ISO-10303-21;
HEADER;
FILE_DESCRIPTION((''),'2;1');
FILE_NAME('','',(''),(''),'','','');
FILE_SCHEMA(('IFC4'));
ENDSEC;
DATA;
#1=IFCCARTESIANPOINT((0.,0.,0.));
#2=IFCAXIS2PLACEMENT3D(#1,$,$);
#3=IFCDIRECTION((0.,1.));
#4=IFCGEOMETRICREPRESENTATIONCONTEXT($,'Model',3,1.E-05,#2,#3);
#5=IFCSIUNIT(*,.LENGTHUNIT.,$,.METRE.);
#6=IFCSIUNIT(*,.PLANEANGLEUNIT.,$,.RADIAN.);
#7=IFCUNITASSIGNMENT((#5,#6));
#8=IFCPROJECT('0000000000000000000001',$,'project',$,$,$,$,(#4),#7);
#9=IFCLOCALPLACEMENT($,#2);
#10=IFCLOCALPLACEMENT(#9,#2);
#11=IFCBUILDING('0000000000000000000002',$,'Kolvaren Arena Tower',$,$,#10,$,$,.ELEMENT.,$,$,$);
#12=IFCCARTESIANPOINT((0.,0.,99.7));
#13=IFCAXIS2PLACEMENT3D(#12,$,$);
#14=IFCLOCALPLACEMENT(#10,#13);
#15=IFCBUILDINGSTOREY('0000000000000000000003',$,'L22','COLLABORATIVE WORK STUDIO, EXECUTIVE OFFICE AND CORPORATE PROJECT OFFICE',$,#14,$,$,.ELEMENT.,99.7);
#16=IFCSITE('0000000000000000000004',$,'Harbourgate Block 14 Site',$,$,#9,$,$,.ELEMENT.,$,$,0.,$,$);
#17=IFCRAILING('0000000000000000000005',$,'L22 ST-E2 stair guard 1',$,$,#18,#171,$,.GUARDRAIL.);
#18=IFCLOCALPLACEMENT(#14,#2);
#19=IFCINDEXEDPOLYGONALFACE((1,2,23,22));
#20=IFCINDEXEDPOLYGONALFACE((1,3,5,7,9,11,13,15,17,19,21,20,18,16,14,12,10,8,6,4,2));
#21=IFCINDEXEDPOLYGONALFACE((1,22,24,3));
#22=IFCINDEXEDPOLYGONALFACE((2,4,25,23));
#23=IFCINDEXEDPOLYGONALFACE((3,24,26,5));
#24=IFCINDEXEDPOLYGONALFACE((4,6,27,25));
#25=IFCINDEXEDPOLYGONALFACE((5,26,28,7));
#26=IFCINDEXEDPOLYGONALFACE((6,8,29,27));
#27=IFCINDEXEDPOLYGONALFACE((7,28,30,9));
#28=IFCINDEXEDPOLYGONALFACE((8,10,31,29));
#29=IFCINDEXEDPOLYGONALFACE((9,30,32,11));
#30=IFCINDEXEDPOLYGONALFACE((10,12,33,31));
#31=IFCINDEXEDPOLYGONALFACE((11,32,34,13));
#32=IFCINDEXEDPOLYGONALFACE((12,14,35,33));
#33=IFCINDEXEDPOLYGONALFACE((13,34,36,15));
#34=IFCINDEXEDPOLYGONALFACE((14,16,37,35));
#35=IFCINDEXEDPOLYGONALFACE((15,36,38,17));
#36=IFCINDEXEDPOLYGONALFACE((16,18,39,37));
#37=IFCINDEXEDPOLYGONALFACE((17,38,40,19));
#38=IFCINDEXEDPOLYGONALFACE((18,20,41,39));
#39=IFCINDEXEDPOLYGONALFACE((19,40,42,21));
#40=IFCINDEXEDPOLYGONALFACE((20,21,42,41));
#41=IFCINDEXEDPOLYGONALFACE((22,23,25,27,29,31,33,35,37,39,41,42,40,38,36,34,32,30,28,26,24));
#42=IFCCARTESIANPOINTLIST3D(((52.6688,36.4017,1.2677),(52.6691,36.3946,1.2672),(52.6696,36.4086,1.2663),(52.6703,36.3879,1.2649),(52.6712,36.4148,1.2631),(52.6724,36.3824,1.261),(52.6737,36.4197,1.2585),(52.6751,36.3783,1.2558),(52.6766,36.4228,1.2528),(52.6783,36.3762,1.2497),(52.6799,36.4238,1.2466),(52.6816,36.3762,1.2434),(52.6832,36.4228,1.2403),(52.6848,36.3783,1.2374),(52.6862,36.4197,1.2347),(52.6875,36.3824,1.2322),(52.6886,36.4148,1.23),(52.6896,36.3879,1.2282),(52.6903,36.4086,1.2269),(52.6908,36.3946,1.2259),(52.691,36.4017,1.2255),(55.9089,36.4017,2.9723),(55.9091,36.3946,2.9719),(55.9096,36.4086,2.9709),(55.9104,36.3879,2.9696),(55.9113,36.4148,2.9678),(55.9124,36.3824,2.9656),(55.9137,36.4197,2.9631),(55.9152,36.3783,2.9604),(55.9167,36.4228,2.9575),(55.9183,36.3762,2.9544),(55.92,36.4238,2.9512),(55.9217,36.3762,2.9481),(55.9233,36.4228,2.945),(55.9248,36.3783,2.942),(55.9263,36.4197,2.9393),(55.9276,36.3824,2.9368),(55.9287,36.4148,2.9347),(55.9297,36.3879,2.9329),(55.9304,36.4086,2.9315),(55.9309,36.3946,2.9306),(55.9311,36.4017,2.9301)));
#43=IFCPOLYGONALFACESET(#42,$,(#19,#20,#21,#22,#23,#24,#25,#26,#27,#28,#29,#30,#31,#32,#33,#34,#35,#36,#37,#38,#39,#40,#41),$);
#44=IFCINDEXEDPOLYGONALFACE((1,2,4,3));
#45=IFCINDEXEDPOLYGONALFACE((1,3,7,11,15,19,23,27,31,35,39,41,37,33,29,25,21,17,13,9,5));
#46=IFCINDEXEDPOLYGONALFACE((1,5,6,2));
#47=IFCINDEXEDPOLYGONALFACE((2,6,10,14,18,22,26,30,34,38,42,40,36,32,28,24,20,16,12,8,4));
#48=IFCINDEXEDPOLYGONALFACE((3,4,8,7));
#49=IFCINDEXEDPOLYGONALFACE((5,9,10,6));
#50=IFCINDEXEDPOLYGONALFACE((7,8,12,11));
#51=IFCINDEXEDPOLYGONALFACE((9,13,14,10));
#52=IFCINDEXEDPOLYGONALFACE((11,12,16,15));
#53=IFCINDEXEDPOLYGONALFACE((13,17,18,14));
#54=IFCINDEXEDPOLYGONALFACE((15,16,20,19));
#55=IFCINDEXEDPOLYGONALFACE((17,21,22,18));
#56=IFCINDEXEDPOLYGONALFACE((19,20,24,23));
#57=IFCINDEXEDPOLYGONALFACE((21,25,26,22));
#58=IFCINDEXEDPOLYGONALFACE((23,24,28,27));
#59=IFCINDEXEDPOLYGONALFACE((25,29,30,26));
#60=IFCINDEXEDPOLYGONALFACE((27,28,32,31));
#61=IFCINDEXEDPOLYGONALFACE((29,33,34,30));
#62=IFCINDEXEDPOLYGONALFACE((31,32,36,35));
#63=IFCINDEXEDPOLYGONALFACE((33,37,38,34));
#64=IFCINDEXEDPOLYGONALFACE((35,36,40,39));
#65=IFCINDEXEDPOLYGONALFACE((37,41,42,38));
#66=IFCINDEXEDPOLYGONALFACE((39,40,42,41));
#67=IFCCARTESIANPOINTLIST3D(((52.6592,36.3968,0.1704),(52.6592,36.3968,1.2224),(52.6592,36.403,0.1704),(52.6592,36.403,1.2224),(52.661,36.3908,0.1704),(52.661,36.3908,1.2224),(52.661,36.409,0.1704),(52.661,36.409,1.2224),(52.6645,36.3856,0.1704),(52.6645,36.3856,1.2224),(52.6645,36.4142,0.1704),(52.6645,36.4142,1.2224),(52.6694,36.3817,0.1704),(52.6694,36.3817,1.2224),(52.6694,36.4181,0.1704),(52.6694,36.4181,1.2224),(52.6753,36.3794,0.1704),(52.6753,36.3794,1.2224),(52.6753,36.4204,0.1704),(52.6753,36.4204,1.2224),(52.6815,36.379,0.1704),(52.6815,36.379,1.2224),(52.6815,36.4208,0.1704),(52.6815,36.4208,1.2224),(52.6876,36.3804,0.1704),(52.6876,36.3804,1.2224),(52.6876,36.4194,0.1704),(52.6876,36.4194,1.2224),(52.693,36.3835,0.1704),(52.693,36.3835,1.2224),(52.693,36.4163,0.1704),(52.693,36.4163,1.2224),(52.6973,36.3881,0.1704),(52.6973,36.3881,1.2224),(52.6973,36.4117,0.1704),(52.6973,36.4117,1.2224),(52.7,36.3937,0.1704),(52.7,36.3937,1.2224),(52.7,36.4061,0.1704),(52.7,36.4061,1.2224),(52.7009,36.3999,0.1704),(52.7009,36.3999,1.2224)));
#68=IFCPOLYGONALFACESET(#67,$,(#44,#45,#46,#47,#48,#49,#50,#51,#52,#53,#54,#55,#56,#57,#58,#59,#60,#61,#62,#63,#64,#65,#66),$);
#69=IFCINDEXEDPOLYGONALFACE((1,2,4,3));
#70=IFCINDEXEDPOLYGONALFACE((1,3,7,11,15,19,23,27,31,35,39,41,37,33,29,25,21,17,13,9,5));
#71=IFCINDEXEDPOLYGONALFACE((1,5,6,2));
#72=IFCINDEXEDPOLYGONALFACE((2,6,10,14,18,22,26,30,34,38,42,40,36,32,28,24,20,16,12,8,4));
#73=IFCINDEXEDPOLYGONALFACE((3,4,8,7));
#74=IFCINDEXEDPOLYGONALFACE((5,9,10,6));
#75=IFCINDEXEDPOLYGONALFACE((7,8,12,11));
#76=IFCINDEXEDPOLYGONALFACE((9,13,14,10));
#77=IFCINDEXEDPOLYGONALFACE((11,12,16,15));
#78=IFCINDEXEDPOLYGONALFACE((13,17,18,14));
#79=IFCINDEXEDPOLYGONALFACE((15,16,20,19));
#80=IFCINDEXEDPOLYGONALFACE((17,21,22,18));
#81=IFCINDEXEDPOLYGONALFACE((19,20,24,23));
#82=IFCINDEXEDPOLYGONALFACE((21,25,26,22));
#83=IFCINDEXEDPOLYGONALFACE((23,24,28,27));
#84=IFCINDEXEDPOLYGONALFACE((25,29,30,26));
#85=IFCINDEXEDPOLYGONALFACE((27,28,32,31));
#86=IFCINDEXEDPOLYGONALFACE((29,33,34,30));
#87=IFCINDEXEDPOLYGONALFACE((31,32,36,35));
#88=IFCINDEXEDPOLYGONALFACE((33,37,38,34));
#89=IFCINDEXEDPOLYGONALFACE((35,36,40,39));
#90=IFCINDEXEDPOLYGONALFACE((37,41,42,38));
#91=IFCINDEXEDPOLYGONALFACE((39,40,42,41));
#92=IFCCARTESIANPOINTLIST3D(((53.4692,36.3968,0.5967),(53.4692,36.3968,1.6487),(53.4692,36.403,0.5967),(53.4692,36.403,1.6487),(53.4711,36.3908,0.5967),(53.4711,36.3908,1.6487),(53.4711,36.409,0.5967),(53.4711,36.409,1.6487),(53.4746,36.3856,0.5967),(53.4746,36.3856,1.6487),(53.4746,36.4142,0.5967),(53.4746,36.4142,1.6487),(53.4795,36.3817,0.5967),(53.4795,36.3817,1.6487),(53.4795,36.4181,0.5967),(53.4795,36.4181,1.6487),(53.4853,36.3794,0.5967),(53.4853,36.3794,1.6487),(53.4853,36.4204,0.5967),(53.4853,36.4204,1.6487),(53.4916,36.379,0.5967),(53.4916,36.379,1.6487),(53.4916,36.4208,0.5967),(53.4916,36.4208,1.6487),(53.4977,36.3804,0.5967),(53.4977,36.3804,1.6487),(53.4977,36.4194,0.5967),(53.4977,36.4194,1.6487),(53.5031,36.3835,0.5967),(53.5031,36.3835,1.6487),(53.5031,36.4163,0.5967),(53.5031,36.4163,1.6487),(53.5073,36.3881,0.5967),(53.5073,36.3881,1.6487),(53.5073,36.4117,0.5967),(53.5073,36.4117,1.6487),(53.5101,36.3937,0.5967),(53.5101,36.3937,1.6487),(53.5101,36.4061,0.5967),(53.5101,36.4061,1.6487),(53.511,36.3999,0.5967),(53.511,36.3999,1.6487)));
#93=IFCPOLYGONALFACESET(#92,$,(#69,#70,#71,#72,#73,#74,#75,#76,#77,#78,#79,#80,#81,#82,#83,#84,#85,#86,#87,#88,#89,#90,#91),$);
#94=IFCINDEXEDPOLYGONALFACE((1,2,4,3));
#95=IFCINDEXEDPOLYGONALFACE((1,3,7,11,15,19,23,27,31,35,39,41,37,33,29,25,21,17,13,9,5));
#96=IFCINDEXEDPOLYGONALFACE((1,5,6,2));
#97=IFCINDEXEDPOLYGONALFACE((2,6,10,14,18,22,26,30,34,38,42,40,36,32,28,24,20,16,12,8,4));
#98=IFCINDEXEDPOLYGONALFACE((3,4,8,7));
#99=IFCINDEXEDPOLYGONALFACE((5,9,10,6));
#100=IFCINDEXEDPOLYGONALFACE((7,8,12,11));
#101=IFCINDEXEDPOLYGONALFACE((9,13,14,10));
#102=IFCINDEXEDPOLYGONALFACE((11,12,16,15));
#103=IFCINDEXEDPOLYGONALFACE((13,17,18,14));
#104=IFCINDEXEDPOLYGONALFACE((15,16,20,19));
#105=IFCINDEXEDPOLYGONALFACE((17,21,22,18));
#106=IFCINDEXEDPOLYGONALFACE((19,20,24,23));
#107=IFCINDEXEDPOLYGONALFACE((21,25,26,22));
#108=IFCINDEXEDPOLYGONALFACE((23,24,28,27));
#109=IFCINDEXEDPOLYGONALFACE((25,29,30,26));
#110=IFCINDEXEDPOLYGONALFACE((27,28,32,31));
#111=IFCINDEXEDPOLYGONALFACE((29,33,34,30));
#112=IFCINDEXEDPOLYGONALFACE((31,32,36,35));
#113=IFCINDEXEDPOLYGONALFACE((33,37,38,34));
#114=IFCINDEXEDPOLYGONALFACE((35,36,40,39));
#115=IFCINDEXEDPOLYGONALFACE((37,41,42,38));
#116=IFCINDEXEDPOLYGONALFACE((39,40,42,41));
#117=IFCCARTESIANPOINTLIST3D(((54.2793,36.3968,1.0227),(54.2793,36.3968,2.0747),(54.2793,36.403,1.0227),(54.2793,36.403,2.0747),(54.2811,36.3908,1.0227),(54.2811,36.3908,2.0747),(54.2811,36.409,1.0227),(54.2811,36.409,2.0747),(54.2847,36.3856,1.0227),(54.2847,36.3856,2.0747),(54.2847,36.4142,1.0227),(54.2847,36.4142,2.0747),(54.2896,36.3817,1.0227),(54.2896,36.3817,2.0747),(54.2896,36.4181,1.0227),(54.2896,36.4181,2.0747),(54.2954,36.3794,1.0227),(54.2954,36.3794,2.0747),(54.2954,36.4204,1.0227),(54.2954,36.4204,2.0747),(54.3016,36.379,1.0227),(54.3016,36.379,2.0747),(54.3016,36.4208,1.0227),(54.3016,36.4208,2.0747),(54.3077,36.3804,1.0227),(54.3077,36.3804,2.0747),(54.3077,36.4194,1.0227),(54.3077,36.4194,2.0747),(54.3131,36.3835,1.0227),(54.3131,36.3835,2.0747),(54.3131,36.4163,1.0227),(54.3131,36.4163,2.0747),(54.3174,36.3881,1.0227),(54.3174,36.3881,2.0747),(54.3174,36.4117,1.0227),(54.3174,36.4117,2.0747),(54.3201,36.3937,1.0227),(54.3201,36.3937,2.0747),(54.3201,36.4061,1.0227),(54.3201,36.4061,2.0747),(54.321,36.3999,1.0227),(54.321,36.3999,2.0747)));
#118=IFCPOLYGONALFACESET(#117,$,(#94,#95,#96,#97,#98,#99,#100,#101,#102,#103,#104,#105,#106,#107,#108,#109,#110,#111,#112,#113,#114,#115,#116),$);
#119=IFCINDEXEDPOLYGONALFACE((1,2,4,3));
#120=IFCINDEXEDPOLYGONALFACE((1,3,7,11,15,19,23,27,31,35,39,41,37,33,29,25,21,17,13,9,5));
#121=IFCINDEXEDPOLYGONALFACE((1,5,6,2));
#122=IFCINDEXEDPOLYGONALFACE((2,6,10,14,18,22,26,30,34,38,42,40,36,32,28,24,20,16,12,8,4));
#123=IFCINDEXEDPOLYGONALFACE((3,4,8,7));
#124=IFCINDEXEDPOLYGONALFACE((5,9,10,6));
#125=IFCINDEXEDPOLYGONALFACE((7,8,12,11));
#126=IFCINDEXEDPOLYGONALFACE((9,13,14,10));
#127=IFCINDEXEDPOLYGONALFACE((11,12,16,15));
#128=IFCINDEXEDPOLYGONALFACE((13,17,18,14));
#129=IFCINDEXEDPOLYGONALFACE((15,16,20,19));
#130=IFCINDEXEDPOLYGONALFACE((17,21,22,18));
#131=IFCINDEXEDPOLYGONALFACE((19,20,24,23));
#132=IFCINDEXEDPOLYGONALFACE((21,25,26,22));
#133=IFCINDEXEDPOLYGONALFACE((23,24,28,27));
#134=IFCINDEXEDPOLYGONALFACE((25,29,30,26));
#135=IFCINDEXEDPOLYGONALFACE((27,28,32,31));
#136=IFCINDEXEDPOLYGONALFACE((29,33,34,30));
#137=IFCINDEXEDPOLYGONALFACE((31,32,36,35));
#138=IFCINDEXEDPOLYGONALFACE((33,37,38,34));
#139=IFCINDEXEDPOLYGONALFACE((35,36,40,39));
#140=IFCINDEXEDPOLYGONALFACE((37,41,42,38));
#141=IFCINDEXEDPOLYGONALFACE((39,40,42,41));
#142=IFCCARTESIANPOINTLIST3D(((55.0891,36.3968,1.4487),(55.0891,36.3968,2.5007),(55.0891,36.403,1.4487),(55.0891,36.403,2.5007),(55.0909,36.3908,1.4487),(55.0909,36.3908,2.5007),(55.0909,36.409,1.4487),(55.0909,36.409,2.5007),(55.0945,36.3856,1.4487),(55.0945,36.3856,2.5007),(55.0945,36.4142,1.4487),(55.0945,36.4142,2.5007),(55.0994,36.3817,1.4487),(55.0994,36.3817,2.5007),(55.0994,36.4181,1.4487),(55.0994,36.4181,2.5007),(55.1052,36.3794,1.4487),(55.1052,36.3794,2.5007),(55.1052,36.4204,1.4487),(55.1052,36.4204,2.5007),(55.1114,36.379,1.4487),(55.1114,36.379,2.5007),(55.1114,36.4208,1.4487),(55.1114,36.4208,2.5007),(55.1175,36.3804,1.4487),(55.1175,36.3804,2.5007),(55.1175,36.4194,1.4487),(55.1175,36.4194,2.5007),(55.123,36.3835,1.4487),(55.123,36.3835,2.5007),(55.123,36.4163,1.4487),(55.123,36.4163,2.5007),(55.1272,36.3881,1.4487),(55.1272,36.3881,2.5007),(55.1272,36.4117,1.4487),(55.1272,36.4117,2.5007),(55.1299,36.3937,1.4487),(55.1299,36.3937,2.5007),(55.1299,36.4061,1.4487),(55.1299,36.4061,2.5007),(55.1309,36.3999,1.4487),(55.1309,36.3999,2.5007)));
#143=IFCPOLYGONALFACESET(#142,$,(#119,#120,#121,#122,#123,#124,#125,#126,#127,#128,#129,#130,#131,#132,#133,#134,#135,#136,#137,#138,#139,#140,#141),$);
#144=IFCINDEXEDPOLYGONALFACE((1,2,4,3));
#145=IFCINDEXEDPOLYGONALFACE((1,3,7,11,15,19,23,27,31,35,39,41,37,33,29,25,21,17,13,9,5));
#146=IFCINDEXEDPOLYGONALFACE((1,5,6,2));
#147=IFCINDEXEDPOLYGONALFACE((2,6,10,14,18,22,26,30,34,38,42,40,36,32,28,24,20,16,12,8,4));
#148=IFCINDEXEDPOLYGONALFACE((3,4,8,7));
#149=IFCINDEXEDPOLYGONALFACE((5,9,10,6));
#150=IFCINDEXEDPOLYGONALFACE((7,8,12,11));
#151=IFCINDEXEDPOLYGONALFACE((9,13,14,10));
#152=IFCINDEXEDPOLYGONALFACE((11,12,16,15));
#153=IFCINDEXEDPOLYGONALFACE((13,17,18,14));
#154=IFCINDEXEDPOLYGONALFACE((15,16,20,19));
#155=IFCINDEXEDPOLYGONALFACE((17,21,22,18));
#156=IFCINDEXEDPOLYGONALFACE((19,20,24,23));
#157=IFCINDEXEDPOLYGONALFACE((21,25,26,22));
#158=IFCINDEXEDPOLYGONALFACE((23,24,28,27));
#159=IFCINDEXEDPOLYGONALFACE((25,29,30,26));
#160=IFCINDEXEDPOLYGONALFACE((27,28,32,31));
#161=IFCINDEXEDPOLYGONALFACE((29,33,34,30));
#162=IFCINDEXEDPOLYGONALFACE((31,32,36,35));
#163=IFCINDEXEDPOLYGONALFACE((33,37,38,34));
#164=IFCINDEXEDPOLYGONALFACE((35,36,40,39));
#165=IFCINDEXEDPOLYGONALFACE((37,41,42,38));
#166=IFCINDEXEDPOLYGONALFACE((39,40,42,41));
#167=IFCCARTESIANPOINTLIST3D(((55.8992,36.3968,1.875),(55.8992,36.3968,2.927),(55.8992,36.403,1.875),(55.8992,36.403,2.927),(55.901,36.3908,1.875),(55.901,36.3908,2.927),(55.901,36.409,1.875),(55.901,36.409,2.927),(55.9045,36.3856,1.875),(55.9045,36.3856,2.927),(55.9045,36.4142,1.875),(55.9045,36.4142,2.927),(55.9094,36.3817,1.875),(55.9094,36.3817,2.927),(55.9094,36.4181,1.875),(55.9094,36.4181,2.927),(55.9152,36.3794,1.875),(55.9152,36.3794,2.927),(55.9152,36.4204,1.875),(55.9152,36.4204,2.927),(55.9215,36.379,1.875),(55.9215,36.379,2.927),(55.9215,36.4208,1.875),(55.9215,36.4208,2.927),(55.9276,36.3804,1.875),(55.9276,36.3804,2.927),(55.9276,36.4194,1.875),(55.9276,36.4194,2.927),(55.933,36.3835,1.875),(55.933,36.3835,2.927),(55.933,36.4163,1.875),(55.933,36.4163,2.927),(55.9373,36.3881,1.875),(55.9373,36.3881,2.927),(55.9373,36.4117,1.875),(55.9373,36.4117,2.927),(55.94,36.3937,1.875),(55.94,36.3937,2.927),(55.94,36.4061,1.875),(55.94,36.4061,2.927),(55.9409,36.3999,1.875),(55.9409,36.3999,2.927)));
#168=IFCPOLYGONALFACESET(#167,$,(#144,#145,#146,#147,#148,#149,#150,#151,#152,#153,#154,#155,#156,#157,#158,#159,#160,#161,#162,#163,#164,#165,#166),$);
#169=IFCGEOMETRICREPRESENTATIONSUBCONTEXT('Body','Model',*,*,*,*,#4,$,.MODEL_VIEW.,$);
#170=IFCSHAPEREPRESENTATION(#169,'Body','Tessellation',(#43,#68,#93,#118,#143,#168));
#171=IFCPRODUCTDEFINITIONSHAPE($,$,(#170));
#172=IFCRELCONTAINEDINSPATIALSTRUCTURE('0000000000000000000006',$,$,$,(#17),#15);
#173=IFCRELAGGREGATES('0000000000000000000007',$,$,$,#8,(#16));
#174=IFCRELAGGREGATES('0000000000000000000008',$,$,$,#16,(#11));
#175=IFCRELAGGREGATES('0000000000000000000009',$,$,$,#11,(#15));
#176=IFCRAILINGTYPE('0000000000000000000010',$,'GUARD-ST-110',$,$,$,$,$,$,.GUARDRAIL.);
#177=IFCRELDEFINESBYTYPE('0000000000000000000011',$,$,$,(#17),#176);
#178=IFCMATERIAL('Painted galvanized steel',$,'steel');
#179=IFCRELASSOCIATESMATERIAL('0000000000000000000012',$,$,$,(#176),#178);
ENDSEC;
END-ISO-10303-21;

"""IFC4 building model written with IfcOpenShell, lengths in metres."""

from ifc_helpers import new_model, si_unit, direction, frame, origin, origin_2d, place, context, subcontext, project, spatial, circle, extrude, material, type_object, element, save


model = new_model("IFC4")

# Units and contexts
model_context = context("Model", 3, precision=1e-05, world=origin(), true_north=direction((0.0, 1.0)))
body_context = subcontext(model_context, "Body", "Model", "MODEL_VIEW")
ifc_project = project(units=[si_unit("LENGTHUNIT", "METRE"), si_unit("PLANEANGLEUNIT", "RADIAN")], contexts=[model_context])

# Site, building, storey
site_placement = place(None, origin())
site = spatial("IfcSite", under=ifc_project, at=site_placement, Name="Harbourgate Block 14 Site", CompositionType="ELEMENT", RefElevation=0.0)
building_placement = place(site_placement, origin())
building = spatial("IfcBuilding", under=site, at=building_placement, Name="Kolvaren Arena Tower", CompositionType="ELEMENT")
storey_placement = place(building_placement, frame((0.0, 0.0, 99.7)))
storey = spatial("IfcBuildingStorey", under=building, at=storey_placement, Name="L22", Description="COLLABORATIVE WORK STUDIO, EXECUTIVE OFFICE AND CORPORATE PROJECT OFFICE", CompositionType="ELEMENT", Elevation=99.7)

# Railing
ifc_material_1 = material(Name="Painted galvanized steel", Category="steel")
railing_type_1 = type_object("IfcRailingType", Name="GUARD-ST-110", PredefinedType="GUARDRAIL", material=ifc_material_1)
railing_1_placement = place(storey_placement, frame((52.6799, 36.3999, 0.1704)))
element("IfcRailing", 1, at=railing_1_placement, inside=storey, type_object=railing_type_1, Name="L22 ST-E2 stair guard 1", PredefinedType="GUARDRAIL", context=body_context, shape_type="SweptSolid", body=[
    extrude(circle(Radius=0.0239, at=origin_2d()), frame((0.0, 0.0, 1.0762), z_axis=(0.884993, 0.0, 0.465604), x_axis=(0.0, 1.0, 0.0)), (0.0, 0.0, 1.0), 3.6611),
    extrude(circle(Radius=0.021, at=origin_2d()), origin(), (0.0, 0.0, 1.0), 1.052),
    extrude(circle(Radius=0.021, at=origin_2d()), frame((0.8101, 0.0, 0.4263)), (0.0, 0.0, 1.0), 1.052),
    extrude(circle(Radius=0.021, at=origin_2d()), frame((1.6201, 0.0, 0.8523)), (0.0, 0.0, 1.0), 1.052),
    extrude(circle(Radius=0.021, at=origin_2d()), frame((2.4299, 0.0, 1.2783)), (0.0, 0.0, 1.0), 1.052),
    extrude(circle(Radius=0.021, at=origin_2d()), frame((3.24, 0.0, 1.7046)), (0.0, 0.0, 1.0), 1.052),
])

save(model, "model.ifc")
